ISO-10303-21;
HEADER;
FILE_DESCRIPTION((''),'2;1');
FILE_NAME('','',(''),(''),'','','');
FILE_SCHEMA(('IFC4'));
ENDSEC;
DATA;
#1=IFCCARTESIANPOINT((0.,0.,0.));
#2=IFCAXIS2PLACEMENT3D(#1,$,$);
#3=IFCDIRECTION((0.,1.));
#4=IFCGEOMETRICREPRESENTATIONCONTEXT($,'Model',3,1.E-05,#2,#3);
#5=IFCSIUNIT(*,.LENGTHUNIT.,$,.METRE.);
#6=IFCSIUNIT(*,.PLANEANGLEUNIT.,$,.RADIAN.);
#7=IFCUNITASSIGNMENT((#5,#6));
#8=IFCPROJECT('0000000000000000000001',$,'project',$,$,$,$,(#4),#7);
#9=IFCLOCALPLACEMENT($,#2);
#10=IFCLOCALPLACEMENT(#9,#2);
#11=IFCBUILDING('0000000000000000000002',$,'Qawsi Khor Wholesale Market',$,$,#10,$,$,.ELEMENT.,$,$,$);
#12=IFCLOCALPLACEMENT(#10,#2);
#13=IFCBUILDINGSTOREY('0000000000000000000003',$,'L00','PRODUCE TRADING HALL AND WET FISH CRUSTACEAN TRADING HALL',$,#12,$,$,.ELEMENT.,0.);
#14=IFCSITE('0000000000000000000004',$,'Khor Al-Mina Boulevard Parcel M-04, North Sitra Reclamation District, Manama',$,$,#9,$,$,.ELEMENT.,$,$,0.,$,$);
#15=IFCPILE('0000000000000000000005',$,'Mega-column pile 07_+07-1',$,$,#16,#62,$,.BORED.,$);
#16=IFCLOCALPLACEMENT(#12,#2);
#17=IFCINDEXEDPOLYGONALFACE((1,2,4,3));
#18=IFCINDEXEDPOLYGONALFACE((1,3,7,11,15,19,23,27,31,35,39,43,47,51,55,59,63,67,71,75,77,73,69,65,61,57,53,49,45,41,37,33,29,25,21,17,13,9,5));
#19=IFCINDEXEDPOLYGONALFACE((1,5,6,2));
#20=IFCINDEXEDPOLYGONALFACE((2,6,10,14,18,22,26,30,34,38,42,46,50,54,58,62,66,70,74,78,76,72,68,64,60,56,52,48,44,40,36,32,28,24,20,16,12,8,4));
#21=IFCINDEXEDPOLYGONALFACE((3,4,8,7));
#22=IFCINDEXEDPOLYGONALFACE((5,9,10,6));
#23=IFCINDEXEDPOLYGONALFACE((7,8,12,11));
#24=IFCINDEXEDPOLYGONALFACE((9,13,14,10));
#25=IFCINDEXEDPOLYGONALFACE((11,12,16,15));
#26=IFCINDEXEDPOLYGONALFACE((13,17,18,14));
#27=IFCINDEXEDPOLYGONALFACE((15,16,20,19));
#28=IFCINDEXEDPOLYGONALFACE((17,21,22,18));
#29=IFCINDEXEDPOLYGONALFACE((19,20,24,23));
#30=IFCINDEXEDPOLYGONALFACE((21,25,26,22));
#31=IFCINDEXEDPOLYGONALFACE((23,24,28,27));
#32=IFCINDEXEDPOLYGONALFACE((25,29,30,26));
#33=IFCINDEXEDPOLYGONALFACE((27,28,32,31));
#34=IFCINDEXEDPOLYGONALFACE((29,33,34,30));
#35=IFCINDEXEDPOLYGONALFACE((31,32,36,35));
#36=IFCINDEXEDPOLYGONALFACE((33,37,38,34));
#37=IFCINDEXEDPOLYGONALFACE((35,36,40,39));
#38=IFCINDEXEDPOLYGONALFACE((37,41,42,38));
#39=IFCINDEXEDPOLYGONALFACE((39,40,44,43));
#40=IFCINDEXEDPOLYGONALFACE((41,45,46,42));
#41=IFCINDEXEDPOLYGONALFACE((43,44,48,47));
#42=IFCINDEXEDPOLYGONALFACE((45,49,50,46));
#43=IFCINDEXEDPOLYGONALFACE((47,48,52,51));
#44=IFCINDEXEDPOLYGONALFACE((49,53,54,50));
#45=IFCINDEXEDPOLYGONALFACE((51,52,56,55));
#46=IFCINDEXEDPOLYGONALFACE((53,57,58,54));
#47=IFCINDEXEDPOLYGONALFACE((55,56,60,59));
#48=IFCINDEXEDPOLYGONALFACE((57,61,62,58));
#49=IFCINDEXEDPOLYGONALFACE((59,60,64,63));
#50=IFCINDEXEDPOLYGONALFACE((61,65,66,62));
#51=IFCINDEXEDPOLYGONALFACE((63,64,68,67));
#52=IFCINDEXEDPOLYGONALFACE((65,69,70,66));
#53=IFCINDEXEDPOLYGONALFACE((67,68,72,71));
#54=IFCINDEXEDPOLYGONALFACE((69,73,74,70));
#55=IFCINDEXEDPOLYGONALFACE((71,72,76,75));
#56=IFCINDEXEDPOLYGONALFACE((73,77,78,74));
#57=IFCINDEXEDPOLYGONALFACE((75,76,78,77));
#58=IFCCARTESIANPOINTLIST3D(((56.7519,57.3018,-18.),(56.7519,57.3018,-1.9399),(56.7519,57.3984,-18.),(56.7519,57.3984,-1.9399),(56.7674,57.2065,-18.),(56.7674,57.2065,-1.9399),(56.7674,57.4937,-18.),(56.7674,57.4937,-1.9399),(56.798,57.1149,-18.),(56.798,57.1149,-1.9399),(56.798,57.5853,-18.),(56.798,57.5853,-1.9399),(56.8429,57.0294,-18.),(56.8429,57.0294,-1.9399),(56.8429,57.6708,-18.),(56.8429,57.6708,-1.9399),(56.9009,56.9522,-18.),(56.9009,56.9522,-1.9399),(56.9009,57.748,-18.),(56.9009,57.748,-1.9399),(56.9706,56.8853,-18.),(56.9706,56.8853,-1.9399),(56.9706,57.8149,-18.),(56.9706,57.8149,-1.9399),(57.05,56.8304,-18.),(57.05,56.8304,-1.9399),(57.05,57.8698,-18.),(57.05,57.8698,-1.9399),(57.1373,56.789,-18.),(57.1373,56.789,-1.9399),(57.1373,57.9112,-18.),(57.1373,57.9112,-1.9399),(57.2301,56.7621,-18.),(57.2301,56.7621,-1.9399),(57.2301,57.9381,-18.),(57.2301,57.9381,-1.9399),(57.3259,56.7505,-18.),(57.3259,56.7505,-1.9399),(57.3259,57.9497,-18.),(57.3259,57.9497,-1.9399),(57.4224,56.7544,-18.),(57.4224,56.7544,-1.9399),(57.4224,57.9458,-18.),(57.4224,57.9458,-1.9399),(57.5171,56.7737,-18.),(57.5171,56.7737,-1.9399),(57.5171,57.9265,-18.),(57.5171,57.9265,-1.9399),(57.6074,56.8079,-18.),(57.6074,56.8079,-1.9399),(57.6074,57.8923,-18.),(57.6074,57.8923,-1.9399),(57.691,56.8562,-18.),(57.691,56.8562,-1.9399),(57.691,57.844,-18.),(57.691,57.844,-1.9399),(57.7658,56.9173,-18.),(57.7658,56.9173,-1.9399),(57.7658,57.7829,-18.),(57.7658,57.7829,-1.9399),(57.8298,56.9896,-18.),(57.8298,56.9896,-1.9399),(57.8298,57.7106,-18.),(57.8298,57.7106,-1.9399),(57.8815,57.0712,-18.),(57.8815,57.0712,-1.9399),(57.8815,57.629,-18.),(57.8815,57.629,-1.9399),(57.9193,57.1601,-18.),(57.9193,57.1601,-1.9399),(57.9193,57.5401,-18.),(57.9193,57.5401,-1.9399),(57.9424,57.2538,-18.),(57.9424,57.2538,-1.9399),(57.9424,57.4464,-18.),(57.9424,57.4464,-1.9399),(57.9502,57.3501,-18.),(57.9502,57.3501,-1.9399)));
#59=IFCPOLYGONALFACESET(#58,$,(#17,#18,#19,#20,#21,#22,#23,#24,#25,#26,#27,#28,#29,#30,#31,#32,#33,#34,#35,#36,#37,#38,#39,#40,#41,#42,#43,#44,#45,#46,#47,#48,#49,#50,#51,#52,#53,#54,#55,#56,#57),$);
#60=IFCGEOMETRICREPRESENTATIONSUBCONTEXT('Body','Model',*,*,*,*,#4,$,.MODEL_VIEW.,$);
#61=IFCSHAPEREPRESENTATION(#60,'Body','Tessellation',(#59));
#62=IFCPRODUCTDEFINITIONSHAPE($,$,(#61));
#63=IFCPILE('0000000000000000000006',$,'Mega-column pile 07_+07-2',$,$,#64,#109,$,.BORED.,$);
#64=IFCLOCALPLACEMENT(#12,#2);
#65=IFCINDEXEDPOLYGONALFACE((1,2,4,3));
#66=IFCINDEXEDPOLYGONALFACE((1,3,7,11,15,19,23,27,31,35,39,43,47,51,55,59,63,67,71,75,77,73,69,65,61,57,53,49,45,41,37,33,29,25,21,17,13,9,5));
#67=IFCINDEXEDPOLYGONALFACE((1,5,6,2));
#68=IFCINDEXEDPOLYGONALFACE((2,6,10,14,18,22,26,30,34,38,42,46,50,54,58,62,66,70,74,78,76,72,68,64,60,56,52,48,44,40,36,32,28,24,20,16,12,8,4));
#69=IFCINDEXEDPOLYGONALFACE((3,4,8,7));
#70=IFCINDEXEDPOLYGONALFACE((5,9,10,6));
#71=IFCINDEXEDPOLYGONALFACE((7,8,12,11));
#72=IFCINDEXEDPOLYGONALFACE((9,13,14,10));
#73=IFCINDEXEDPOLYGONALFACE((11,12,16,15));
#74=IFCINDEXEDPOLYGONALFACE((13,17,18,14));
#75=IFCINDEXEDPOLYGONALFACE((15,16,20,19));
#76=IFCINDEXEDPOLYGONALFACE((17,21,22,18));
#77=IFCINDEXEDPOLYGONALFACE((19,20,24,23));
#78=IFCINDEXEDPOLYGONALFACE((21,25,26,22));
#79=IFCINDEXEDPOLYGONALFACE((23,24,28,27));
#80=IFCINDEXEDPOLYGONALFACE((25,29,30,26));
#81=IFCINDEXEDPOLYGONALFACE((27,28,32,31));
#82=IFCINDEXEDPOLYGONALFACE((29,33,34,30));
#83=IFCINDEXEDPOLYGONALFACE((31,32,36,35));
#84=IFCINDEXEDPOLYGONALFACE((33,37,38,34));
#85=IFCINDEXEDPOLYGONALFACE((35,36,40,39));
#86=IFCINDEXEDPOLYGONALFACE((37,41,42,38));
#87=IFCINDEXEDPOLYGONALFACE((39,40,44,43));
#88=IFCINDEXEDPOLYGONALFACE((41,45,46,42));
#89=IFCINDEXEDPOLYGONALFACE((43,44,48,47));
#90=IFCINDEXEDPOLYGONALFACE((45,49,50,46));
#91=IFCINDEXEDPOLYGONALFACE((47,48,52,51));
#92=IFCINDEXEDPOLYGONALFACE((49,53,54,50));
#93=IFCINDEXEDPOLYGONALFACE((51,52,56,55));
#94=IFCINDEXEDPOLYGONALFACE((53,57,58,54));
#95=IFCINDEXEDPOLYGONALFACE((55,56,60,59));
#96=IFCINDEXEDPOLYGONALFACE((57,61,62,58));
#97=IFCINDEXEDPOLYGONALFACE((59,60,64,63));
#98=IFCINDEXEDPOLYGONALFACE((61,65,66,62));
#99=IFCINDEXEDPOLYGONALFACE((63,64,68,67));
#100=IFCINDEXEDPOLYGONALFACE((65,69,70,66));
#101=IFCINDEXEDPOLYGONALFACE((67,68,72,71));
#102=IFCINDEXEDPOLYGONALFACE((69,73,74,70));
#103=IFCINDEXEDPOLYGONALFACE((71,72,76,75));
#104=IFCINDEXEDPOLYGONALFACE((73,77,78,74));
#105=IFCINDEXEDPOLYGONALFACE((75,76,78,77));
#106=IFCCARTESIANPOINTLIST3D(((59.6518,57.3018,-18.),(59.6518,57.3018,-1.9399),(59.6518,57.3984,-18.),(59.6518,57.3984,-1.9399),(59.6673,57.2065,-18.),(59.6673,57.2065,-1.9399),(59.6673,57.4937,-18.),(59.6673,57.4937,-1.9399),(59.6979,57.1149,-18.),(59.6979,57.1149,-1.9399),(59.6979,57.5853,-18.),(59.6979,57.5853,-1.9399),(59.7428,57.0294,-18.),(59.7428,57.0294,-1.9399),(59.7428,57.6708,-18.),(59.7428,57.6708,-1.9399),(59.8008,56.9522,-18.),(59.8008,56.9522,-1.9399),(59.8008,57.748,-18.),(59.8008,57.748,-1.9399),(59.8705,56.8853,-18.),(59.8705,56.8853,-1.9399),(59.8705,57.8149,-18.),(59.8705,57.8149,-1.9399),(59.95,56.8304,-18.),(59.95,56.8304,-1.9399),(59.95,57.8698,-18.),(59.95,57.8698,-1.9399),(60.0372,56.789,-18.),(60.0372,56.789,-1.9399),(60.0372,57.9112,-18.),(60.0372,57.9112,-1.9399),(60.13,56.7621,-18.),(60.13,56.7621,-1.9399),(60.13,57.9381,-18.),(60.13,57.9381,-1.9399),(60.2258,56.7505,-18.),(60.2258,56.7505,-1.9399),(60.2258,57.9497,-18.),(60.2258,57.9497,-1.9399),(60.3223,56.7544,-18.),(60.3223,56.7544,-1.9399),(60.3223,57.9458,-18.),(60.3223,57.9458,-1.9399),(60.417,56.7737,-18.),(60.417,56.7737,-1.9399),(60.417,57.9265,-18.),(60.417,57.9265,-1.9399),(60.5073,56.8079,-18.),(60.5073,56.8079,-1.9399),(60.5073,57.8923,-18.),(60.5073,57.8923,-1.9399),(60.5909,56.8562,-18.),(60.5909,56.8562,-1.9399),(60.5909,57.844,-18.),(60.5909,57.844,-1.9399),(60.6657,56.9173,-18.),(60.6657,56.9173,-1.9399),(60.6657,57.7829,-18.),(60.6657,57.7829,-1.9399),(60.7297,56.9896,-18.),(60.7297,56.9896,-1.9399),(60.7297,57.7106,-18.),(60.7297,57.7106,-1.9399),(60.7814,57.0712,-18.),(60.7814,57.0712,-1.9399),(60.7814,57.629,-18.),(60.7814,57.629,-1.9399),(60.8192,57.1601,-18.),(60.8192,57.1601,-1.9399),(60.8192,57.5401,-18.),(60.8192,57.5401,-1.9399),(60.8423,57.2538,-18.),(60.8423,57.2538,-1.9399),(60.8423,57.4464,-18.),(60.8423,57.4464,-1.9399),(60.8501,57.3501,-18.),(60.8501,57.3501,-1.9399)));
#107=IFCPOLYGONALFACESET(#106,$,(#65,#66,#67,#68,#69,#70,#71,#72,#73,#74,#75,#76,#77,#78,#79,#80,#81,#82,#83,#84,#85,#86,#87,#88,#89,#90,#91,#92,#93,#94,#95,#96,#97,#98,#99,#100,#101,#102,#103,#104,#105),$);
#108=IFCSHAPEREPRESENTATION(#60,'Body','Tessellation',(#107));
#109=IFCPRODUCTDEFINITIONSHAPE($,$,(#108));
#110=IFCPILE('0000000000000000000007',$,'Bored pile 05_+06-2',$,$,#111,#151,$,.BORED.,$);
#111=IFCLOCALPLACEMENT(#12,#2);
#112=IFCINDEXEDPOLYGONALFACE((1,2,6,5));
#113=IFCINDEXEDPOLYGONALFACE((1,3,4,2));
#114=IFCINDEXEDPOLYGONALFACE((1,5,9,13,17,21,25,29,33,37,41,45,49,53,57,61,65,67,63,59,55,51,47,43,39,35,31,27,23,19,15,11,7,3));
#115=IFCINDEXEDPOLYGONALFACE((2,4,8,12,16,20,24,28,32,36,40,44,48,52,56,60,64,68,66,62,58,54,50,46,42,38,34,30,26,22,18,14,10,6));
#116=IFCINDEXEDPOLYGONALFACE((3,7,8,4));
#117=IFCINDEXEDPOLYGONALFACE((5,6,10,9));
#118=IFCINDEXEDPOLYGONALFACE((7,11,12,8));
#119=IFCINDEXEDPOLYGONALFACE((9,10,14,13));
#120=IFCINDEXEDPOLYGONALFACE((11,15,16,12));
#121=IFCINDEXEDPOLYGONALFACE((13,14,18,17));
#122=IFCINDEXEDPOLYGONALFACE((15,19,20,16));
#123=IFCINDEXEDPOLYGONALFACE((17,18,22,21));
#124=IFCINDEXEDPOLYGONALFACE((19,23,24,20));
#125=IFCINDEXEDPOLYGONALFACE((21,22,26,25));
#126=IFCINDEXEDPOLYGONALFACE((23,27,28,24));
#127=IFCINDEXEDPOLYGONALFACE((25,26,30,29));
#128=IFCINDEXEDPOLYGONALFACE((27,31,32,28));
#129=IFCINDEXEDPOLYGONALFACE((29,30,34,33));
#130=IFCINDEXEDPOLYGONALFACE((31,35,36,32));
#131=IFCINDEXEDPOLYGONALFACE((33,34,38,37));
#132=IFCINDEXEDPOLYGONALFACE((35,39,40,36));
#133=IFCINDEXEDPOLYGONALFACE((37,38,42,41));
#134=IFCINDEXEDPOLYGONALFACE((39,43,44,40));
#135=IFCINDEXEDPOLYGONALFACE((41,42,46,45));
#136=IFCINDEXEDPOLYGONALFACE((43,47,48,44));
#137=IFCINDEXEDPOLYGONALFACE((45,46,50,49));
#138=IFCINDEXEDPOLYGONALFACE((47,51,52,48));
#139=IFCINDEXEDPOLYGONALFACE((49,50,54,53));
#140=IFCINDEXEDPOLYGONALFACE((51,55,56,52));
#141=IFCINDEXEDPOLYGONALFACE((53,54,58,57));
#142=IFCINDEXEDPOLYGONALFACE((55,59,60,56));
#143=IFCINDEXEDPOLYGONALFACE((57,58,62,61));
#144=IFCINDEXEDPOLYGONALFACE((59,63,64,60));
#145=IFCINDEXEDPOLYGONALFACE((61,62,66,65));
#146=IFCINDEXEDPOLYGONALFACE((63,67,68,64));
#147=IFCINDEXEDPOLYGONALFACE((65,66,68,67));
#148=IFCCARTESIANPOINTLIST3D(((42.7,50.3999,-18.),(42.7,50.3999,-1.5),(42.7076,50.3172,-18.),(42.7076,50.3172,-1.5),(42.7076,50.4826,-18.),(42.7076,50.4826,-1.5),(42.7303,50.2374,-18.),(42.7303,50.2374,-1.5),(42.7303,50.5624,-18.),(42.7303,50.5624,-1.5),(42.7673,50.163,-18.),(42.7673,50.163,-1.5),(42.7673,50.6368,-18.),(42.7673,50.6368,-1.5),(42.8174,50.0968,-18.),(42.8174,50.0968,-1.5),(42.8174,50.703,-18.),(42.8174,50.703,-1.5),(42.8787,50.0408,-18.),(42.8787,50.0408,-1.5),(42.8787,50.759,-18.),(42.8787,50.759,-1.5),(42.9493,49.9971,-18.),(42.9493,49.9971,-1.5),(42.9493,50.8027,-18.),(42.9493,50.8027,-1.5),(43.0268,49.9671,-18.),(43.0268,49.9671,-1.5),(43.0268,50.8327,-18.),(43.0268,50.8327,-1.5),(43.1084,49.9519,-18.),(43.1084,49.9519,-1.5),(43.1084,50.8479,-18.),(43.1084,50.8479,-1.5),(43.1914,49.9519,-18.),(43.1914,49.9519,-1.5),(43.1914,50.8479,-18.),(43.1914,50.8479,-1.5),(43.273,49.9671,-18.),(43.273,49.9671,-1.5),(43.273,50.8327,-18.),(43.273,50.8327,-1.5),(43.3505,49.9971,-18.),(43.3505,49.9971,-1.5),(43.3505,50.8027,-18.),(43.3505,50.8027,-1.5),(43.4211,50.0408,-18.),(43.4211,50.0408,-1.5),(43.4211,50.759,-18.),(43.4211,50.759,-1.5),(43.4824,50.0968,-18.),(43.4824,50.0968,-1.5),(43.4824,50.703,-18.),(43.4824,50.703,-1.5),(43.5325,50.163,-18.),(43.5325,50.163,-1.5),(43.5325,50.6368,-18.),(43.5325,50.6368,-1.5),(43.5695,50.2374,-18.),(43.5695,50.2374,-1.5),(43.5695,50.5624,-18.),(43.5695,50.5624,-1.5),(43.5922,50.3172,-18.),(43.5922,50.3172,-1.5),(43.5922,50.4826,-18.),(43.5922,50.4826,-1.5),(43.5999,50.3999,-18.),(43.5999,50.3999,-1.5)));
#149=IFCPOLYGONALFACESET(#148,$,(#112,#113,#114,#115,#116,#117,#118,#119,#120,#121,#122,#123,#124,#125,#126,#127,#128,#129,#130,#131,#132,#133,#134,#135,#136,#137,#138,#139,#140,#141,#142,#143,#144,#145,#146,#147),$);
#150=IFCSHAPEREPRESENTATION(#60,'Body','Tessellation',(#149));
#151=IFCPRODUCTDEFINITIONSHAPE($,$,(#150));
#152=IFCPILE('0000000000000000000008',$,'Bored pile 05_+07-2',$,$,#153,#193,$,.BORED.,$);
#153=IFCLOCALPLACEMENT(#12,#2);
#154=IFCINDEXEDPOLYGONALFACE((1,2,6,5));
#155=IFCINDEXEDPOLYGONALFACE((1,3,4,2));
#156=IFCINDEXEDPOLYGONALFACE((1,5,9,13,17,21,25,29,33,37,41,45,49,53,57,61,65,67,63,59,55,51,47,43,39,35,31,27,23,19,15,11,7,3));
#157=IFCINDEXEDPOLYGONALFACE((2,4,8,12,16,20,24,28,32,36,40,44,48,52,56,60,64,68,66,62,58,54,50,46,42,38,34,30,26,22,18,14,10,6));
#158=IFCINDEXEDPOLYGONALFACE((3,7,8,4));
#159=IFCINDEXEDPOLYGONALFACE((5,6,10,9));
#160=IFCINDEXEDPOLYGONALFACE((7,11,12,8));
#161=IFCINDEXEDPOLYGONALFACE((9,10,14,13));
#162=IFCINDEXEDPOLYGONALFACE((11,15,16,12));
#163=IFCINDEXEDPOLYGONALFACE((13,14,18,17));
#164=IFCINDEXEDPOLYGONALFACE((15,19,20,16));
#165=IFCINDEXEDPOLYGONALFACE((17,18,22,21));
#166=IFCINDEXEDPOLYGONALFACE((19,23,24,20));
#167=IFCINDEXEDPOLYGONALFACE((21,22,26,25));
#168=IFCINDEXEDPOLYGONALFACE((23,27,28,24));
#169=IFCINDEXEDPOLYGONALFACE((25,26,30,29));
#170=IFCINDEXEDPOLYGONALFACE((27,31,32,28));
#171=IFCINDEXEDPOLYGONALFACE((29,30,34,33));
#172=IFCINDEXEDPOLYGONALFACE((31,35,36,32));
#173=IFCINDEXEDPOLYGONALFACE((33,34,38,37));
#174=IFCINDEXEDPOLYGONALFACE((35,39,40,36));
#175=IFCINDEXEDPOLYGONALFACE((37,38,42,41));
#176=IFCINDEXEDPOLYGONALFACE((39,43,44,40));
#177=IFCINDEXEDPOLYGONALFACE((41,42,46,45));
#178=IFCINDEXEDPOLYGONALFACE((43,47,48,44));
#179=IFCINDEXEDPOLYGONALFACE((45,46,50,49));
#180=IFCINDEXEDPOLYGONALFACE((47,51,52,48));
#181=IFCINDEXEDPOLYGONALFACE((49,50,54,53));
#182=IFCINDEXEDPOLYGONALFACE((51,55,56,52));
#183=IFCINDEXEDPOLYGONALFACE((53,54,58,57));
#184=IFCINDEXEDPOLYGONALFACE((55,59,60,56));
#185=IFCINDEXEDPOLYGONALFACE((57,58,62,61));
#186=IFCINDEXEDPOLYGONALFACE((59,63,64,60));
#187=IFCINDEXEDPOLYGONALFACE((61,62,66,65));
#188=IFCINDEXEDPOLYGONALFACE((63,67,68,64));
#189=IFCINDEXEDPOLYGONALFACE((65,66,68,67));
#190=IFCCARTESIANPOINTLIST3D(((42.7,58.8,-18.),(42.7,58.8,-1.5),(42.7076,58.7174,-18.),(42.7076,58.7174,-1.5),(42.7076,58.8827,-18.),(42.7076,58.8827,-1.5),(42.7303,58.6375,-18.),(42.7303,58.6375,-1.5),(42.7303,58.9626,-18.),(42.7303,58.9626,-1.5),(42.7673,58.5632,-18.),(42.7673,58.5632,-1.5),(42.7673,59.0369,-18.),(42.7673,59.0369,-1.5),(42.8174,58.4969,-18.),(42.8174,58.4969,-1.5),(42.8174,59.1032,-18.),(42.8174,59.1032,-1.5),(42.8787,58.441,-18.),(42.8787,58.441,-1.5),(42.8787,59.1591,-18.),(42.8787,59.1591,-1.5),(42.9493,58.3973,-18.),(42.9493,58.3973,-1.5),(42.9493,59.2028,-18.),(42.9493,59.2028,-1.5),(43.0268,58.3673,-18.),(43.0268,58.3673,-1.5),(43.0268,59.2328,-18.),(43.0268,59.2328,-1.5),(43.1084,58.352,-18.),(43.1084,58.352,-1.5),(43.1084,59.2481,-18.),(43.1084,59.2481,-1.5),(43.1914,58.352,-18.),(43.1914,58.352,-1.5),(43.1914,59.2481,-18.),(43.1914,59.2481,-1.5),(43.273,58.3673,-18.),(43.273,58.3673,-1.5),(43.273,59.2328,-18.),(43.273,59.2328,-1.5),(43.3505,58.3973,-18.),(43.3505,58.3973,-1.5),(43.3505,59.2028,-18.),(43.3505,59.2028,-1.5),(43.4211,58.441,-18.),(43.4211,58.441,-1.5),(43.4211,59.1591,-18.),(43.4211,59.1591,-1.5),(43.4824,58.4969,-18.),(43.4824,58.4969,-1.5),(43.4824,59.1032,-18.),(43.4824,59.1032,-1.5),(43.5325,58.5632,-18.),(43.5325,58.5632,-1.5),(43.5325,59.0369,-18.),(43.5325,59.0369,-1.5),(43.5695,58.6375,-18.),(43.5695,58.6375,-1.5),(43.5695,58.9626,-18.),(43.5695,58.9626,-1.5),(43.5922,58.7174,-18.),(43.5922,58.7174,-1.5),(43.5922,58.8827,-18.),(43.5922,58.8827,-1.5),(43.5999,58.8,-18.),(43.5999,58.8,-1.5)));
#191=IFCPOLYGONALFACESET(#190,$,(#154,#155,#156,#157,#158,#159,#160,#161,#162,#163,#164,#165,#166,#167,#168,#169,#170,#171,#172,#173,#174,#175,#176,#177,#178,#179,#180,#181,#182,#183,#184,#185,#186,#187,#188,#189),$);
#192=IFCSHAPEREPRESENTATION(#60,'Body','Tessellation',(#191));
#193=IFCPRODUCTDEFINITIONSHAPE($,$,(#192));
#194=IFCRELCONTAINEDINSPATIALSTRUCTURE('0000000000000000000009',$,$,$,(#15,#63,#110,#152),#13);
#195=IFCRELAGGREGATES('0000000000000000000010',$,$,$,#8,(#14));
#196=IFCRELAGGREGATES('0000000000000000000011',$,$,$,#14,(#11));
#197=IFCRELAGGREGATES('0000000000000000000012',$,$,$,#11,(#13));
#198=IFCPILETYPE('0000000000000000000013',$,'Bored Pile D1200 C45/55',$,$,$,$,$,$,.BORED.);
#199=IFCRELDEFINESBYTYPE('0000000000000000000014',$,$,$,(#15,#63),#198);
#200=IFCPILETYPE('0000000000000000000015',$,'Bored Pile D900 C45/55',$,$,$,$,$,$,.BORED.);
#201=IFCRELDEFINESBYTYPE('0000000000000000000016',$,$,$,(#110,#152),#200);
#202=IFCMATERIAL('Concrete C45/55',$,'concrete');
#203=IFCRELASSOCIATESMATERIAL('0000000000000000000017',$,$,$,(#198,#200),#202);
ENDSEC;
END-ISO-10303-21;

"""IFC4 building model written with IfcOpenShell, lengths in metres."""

from ifc_helpers import new_model, si_unit, direction, frame, origin, origin_2d, place, context, subcontext, project, spatial, circle, extrude, material, material_profile, profile_set, type_object, element, save


model = new_model("IFC4")

# Units and contexts
model_context = context("Model", 3, precision=1e-05, world=origin(), true_north=direction((0.0, 1.0)))
body_context = subcontext(model_context, "Body", "Model", "MODEL_VIEW")
ifc_project = project(units=[si_unit("LENGTHUNIT", "METRE"), si_unit("PLANEANGLEUNIT", "RADIAN")], contexts=[model_context])

# Site, building, storey
site_placement = place(None, origin())
site = spatial("IfcSite", under=ifc_project, at=site_placement, Name="Khor Al-Mina Boulevard Parcel M-04, North Sitra Reclamation District, Manama", CompositionType="ELEMENT", RefElevation=0.0)
building_placement = place(site_placement, origin())
building = spatial("IfcBuilding", under=site, at=building_placement, Name="Qawsi Khor Wholesale Market", CompositionType="ELEMENT")
storey_placement = place(building_placement, origin())
storey = spatial("IfcBuildingStorey", under=building, at=storey_placement, Name="L00", Description="PRODUCE TRADING HALL AND WET FISH CRUSTACEAN TRADING HALL", CompositionType="ELEMENT", Elevation=0.0)

# Piles
ifc_material_1 = material(Name="Concrete C45/55", Category="concrete")
ifc_material_profile_1 = material_profile(ifc_material_1, circle(Radius=0.6001, at=origin_2d()), Name="PILE D1200")
ifc_profile_set_1 = profile_set([ifc_material_profile_1], Name="Concrete C45/55")
pile_type_1 = type_object("IfcPileType", Name="Bored Pile D1200 C45/55", PredefinedType="BORED", material=ifc_profile_set_1)
for number, where, z_axis, x_axis, name in (
    (1, (57.3501, 57.3501, -1.9399), (0.0, 0.0, -1.0), (1.0, 0.0, 0.0), "Mega-column pile 07_+07-1"),
    (2, (60.25, 57.3501, -1.9399), (0.0, 0.0, -1.0), (1.0, 0.0, 0.0), "Mega-column pile 07_+07-2"),
):
    element("IfcPile", number, at=place(storey_placement, frame(where, z_axis=z_axis, x_axis=x_axis)), inside=storey, type_object=pile_type_1, Name=name, PredefinedType="BORED", context=body_context, shape_type="SweptSolid", body=[
        extrude(circle(Radius=0.6001, at=origin_2d()), origin(), (0.0, 0.0, 1.0), 16.0601),
    ])
ifc_material_profile_2 = material_profile(ifc_material_1, circle(Radius=0.45, at=origin_2d()), Name="PILE D900")
ifc_profile_set_2 = profile_set([ifc_material_profile_2], Name="Concrete C45/55")
pile_type_2 = type_object("IfcPileType", Name="Bored Pile D900 C45/55", PredefinedType="BORED", material=ifc_profile_set_2)
for number, where, z_axis, x_axis, name in (
    (3, (43.1499, 50.3999, -1.5), (0.0, 0.0, -1.0), (1.0, 0.0, 0.0), "Bored pile 05_+06-2"),
    (4, (43.1499, 58.8, -1.5), (0.0, 0.0, -1.0), (1.0, 0.0, 0.0), "Bored pile 05_+07-2"),
):
    element("IfcPile", number, at=place(storey_placement, frame(where, z_axis=z_axis, x_axis=x_axis)), inside=storey, type_object=pile_type_2, Name=name, PredefinedType="BORED", context=body_context, shape_type="SweptSolid", body=[
        extrude(circle(Radius=0.45, at=origin_2d()), origin(), (0.0, 0.0, 1.0), 16.5),
    ])

save(model, "model.ifc")
